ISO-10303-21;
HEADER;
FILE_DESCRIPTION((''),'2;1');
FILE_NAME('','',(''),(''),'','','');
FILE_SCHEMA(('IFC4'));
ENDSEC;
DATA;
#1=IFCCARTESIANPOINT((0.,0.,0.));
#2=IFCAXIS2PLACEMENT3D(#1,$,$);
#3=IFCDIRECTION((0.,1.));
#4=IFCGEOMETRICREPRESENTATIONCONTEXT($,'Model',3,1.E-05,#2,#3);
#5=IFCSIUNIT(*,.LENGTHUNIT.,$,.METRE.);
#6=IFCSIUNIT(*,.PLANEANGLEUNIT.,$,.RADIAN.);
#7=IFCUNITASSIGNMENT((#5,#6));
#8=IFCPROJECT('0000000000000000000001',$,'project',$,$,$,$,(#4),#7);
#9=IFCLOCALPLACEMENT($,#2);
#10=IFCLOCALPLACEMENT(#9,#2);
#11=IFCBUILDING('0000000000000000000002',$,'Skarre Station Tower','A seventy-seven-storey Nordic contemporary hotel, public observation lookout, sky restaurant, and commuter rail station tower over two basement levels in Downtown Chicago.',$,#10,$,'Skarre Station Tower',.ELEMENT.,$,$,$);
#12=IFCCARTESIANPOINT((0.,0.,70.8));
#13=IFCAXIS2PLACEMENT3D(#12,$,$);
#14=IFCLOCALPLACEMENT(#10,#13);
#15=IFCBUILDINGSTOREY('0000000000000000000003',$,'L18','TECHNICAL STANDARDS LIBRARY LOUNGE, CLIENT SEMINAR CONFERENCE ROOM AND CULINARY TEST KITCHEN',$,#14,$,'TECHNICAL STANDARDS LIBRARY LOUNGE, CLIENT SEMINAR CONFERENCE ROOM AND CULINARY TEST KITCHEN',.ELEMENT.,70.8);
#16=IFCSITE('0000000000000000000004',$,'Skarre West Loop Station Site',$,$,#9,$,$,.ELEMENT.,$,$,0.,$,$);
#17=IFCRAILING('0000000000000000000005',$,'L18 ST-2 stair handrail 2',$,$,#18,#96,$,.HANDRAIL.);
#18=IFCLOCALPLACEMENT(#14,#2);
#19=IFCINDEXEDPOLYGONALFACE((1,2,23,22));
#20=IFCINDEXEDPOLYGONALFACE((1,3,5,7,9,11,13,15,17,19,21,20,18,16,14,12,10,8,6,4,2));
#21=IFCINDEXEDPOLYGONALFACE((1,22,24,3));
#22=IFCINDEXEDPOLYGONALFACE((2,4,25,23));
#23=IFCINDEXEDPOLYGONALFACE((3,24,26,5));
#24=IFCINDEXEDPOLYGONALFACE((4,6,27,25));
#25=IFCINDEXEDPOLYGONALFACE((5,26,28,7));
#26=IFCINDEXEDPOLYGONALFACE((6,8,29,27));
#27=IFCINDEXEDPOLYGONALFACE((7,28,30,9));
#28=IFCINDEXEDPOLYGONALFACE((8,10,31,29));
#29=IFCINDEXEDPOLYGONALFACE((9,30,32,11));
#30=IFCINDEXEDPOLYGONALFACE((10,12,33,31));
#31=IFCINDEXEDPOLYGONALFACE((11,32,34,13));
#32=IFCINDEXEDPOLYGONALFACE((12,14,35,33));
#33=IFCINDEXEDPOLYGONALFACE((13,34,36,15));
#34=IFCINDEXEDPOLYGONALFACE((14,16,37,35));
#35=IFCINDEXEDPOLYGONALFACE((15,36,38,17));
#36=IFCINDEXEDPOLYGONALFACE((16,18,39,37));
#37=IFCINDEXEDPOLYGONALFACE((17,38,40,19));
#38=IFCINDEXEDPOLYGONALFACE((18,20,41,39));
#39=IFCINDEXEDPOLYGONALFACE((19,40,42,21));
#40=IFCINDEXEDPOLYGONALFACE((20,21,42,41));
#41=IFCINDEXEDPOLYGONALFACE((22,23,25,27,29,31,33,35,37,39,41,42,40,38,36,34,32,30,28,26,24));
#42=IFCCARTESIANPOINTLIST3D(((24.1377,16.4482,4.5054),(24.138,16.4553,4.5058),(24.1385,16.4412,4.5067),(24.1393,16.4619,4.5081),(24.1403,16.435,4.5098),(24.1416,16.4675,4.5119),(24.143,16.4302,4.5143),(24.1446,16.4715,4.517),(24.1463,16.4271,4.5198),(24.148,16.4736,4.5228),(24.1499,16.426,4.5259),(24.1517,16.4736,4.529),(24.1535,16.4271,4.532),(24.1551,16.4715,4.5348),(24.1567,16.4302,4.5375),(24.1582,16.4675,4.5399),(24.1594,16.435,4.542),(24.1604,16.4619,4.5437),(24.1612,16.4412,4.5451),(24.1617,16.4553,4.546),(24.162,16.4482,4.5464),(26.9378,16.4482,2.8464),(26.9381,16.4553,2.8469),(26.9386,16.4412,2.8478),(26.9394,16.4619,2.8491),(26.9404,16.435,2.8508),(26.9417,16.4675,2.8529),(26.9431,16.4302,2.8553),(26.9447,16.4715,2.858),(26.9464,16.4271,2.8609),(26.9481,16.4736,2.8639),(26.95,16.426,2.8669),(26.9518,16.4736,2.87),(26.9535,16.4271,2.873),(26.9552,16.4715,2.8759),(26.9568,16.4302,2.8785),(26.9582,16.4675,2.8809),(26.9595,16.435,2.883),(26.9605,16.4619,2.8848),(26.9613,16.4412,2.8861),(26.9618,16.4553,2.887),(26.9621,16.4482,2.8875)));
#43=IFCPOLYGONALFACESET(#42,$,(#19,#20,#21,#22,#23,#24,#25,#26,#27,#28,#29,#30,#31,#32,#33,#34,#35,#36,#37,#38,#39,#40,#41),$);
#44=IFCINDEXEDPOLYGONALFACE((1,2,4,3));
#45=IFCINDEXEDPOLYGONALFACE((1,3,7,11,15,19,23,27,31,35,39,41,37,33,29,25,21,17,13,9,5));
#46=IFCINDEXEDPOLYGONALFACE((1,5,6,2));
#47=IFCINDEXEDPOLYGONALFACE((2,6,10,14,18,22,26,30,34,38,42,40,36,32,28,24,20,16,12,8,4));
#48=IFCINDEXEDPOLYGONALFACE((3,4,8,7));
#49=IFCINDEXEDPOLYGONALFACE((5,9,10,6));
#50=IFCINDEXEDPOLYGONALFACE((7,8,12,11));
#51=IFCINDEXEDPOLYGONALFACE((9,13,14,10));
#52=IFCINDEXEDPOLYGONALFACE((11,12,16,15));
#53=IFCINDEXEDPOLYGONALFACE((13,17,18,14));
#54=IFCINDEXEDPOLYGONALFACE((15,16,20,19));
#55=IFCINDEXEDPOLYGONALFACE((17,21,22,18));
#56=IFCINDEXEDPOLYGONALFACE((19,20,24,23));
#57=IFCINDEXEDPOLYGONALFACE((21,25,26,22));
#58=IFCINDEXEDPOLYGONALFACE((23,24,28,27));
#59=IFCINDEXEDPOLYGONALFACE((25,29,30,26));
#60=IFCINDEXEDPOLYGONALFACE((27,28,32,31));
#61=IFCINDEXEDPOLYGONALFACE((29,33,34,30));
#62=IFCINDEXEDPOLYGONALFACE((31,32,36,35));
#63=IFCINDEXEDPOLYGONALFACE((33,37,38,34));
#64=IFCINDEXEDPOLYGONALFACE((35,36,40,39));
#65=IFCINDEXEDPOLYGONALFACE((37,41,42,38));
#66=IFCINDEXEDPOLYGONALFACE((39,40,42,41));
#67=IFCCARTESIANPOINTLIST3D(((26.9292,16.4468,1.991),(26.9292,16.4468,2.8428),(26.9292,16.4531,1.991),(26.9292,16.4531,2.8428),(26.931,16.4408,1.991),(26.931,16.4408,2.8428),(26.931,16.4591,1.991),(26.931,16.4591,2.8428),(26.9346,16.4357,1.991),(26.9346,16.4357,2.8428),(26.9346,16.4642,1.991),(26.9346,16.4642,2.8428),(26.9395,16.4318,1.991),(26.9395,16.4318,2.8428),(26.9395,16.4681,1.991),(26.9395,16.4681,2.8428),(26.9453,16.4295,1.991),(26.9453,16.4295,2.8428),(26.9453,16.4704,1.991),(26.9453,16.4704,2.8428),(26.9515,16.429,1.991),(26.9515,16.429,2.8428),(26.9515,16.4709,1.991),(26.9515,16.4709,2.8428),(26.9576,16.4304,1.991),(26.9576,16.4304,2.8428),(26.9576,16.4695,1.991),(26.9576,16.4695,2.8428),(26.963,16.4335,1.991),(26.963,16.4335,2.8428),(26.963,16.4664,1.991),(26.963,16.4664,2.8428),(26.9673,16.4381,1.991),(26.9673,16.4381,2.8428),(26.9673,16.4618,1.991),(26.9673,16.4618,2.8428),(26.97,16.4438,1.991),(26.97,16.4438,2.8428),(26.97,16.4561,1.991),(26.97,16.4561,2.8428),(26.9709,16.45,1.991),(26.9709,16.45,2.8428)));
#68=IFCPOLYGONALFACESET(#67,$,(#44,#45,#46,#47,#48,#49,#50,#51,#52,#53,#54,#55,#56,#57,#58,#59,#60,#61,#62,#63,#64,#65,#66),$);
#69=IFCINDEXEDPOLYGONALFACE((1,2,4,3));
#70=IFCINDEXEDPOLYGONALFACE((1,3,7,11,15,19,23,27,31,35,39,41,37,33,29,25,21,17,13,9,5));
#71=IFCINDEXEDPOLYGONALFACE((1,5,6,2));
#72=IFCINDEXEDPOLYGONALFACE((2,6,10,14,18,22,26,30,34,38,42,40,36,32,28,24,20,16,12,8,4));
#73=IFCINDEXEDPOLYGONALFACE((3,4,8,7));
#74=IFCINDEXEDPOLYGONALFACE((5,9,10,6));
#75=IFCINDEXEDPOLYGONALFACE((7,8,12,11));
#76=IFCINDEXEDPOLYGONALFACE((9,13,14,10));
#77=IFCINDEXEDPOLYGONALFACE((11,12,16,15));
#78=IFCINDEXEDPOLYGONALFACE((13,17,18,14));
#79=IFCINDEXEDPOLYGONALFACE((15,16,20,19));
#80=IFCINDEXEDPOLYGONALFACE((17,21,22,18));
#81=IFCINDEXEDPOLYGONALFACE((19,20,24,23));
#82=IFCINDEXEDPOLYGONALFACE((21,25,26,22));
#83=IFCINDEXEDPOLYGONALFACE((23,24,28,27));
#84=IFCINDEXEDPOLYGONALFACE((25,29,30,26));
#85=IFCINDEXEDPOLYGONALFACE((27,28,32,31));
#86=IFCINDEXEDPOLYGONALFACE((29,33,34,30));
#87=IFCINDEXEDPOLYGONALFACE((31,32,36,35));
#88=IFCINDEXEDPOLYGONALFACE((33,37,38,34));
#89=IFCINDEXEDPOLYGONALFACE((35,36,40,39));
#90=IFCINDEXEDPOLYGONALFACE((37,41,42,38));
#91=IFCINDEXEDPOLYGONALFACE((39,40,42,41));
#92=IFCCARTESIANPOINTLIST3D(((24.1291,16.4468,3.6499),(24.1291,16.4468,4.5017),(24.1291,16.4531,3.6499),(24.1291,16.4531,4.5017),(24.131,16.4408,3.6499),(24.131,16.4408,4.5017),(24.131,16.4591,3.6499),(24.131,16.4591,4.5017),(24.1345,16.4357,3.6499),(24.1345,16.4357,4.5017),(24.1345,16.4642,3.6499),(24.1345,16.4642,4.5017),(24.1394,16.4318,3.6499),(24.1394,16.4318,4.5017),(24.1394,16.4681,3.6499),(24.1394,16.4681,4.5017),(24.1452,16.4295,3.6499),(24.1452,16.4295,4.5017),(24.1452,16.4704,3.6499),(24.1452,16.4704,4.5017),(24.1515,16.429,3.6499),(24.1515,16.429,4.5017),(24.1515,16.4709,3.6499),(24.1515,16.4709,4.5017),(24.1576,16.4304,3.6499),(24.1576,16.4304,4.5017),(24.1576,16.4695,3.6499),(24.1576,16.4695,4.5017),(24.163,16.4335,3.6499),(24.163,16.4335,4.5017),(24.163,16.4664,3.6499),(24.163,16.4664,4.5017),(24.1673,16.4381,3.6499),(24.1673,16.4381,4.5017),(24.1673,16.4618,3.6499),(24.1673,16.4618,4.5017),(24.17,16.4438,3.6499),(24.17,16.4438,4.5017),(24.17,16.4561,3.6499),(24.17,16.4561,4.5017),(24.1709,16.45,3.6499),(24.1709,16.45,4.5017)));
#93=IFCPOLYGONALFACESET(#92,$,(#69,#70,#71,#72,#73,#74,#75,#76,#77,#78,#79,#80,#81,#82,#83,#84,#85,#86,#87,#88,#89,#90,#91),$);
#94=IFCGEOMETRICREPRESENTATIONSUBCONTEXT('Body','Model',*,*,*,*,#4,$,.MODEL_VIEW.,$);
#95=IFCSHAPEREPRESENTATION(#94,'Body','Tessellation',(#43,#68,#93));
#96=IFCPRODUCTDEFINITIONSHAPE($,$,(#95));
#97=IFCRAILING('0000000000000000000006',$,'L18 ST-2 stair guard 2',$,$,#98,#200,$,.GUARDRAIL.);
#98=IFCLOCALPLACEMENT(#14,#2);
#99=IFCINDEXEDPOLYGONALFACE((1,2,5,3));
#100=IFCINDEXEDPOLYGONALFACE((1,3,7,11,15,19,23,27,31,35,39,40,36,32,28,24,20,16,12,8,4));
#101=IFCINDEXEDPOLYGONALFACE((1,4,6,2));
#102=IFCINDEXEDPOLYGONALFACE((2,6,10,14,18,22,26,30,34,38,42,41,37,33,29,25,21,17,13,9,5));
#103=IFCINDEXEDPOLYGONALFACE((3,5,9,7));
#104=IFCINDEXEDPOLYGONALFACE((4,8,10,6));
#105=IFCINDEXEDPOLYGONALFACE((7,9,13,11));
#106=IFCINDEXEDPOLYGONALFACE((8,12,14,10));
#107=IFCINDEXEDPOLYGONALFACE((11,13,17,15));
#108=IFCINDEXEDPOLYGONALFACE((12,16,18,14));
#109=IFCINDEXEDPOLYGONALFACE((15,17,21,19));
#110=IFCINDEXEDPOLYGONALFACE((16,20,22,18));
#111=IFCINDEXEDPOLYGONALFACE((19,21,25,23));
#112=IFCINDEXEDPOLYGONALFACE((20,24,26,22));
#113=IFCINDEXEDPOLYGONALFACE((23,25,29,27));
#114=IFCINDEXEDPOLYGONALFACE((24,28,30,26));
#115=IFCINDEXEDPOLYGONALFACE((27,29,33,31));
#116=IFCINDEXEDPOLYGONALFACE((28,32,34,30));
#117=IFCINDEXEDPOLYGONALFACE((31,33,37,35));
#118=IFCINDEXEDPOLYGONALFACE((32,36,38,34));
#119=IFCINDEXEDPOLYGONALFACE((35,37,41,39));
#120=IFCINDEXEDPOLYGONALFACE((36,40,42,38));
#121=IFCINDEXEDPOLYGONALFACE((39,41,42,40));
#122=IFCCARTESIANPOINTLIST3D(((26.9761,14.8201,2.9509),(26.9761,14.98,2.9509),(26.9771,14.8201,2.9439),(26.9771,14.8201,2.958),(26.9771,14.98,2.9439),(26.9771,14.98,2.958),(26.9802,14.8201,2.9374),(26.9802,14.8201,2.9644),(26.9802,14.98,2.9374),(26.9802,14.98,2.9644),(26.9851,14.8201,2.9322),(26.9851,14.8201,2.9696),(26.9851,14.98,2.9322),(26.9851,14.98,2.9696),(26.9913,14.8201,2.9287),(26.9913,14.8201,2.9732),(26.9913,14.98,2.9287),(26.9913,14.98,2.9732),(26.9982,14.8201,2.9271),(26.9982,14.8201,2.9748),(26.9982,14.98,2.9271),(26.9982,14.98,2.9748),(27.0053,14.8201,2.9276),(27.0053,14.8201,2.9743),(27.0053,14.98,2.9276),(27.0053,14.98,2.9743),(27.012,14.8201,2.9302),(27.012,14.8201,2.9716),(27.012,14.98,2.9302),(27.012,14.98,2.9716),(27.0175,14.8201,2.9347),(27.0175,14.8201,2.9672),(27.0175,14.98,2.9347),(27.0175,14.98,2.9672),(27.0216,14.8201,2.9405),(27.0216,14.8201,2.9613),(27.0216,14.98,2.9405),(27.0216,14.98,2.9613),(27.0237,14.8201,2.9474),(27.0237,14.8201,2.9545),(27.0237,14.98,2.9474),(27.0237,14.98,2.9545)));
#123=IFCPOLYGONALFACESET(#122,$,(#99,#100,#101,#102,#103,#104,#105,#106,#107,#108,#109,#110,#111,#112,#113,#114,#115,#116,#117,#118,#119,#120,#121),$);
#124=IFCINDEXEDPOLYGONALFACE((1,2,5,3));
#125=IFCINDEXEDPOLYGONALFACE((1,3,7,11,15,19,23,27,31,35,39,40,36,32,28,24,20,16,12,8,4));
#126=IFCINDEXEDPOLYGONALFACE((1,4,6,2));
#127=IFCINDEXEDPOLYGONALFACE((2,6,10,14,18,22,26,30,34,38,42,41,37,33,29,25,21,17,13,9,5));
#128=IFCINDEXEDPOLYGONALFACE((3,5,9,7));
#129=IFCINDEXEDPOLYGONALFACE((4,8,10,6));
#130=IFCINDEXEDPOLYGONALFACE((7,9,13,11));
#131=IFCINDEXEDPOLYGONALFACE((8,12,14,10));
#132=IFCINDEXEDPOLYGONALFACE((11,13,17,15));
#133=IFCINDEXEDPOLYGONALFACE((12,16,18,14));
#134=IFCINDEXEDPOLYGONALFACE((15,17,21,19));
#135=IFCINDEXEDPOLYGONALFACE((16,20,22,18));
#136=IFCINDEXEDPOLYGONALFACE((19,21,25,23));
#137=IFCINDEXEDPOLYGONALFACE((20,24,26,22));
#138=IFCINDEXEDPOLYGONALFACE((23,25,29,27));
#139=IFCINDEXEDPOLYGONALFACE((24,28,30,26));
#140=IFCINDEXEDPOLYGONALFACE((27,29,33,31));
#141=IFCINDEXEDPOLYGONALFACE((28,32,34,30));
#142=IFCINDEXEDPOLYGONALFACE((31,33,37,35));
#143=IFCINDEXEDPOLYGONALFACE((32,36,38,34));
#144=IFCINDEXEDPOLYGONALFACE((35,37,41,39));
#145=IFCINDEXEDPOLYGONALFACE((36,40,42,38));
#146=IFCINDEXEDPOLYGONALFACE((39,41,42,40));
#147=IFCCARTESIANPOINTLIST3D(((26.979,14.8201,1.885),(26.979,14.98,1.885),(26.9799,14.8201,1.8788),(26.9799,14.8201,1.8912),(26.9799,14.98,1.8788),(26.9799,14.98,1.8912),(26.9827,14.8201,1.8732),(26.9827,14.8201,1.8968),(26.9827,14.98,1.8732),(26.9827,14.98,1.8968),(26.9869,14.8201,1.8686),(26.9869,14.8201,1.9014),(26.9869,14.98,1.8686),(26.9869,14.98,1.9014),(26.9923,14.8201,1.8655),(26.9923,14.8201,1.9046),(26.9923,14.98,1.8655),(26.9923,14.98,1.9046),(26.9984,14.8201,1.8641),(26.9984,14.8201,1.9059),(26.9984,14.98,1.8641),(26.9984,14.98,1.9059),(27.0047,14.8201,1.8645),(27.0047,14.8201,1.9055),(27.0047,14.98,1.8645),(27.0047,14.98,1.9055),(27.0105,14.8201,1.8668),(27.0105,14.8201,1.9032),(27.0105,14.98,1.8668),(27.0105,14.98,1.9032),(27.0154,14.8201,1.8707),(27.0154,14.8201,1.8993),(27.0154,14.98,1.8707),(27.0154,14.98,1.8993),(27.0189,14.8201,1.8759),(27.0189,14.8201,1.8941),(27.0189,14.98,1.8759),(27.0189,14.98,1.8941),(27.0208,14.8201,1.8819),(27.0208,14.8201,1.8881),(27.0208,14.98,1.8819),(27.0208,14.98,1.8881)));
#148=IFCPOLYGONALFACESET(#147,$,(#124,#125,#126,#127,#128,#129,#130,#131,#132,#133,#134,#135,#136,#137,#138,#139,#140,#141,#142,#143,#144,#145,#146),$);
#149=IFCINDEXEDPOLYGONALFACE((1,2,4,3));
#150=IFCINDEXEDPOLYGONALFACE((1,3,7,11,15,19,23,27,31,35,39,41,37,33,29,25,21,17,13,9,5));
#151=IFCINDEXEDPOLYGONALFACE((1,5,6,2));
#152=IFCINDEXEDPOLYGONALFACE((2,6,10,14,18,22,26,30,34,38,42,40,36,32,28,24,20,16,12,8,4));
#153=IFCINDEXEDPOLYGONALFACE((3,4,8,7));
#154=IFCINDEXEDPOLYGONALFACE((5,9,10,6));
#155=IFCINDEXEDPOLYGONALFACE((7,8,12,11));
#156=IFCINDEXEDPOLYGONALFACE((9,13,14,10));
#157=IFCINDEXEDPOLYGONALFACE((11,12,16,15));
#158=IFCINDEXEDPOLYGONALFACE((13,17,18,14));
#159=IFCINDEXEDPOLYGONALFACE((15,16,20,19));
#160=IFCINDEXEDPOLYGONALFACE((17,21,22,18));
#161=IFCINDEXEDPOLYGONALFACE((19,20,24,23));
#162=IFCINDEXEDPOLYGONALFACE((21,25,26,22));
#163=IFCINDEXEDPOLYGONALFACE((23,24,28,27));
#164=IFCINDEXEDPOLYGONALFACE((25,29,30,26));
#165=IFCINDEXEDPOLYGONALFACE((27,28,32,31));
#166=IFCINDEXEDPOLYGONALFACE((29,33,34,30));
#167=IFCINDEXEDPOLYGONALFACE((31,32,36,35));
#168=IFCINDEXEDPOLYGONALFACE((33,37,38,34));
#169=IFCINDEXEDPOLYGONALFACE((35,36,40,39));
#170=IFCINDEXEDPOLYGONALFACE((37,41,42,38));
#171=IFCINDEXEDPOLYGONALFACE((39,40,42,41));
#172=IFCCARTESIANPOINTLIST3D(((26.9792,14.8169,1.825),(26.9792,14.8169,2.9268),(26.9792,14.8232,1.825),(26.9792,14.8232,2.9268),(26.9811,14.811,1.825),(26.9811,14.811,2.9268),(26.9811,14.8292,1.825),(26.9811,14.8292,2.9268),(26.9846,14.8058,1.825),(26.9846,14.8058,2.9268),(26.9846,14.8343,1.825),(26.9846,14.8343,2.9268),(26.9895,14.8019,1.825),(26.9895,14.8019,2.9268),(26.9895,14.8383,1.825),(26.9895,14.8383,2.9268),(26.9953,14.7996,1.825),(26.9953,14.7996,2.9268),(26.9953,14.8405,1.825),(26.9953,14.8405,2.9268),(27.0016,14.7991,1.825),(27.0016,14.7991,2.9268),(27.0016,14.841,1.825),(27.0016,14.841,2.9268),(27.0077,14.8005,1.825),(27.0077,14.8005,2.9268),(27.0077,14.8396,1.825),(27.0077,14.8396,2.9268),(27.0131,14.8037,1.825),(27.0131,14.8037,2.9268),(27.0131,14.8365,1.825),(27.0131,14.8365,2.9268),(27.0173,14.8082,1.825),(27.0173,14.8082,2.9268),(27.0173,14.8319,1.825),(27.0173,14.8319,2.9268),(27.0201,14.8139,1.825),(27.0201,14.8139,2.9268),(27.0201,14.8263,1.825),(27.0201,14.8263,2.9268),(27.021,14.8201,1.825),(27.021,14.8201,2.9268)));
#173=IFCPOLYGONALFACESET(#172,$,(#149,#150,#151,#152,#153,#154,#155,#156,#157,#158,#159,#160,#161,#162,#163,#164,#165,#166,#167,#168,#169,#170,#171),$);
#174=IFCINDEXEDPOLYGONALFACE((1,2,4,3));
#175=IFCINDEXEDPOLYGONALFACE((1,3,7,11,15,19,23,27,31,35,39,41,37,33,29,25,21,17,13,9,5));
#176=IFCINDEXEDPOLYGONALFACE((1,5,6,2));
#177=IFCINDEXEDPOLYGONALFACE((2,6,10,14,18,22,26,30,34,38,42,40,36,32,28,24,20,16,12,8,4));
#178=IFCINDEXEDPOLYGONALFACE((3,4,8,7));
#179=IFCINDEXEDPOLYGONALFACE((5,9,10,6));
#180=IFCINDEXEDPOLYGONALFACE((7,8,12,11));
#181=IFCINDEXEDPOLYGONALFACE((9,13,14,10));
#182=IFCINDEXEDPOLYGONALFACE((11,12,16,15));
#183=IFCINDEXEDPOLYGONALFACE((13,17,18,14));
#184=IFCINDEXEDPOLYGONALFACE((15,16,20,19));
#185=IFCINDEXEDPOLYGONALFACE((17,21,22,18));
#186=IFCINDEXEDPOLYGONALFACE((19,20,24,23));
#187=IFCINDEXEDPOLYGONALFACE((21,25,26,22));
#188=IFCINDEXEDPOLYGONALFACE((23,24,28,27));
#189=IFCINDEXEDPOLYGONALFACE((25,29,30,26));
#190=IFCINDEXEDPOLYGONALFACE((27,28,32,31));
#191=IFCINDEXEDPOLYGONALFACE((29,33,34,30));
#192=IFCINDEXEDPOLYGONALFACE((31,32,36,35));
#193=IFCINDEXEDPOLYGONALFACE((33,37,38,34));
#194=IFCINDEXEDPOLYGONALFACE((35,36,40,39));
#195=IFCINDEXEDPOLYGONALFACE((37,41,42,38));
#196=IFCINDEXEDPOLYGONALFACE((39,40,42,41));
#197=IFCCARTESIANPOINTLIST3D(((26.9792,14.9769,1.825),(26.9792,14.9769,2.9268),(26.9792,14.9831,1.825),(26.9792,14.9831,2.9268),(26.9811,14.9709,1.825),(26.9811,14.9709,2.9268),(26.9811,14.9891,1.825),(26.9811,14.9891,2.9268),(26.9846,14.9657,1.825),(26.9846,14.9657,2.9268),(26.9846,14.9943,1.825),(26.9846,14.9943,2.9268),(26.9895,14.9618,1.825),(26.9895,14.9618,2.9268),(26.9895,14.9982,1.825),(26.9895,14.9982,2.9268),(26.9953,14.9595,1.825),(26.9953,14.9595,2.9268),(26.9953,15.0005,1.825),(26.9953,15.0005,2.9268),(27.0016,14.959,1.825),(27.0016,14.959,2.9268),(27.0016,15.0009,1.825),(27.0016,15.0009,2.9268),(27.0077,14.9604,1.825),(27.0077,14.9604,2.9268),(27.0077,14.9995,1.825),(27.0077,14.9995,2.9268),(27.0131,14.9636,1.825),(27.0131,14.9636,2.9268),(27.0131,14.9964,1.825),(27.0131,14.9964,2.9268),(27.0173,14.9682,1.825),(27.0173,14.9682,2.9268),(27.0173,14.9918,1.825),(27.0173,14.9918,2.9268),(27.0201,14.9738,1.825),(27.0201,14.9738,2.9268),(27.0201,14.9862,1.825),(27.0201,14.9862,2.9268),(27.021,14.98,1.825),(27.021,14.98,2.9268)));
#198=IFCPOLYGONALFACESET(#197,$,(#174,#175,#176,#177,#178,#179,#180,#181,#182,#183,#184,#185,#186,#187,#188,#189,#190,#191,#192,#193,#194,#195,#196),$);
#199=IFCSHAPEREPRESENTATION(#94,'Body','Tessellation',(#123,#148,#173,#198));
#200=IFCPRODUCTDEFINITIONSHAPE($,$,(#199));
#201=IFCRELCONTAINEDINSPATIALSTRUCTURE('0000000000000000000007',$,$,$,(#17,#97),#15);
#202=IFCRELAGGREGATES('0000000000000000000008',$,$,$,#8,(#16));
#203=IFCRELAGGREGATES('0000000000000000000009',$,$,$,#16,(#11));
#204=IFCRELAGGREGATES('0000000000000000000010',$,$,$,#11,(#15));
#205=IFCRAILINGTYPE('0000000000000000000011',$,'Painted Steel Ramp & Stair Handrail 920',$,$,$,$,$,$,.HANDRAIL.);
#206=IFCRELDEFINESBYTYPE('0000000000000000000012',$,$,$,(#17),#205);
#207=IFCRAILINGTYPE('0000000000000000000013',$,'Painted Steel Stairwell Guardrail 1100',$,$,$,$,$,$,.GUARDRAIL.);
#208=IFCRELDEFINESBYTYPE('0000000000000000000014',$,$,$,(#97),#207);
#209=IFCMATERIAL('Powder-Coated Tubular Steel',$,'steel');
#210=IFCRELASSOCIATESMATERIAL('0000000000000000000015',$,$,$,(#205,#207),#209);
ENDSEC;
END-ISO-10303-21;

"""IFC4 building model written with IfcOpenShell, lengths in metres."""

from ifc_helpers import new_model, si_unit, direction, frame, origin, origin_2d, place, context, subcontext, project, spatial, circle, extrude, material, type_object, element, save


model = new_model("IFC4")

# Units and contexts
model_context = context("Model", 3, precision=1e-05, world=origin(), true_north=direction((0.0, 1.0)))
body_context = subcontext(model_context, "Body", "Model", "MODEL_VIEW")
ifc_project = project(units=[si_unit("LENGTHUNIT", "METRE"), si_unit("PLANEANGLEUNIT", "RADIAN")], contexts=[model_context])

# Site, building, storey
site_placement = place(None, origin())
site = spatial("IfcSite", under=ifc_project, at=site_placement, Name="Skarre West Loop Station Site", CompositionType="ELEMENT", RefElevation=0.0)
building_placement = place(site_placement, origin())
building = spatial("IfcBuilding", under=site, at=building_placement, Name="Skarre Station Tower", Description="A seventy-seven-storey Nordic contemporary hotel, public observation lookout, sky restaurant, and commuter rail station tower over two basement levels in Downtown Chicago.", LongName="Skarre Station Tower", CompositionType="ELEMENT")
storey_placement = place(building_placement, frame((0.0, 0.0, 70.8)))
storey = spatial("IfcBuildingStorey", under=building, at=storey_placement, Name="L18", Description="TECHNICAL STANDARDS LIBRARY LOUNGE, CLIENT SEMINAR CONFERENCE ROOM AND CULINARY TEST KITCHEN", LongName="TECHNICAL STANDARDS LIBRARY LOUNGE, CLIENT SEMINAR CONFERENCE ROOM AND CULINARY TEST KITCHEN", CompositionType="ELEMENT", Elevation=70.8)

# Railings
ifc_material_1 = material(Name="Powder-Coated Tubular Steel", Category="steel")
railing_type_1 = type_object("IfcRailingType", Name="Painted Steel Ramp & Stair Handrail 920", PredefinedType="HANDRAIL", material=ifc_material_1)
railing_1_placement = place(storey_placement, frame((26.95, 16.45, 1.991)))
element("IfcRailing", 1, at=railing_1_placement, inside=storey, type_object=railing_type_1, Name="L18 ST-2 stair handrail 2", PredefinedType="HANDRAIL", context=body_context, shape_type="SweptSolid", body=[
    extrude(circle(Radius=0.0239, at=origin_2d()), frame((0.0, 0.0, 0.876), z_axis=(-0.860339, 0.0, 0.509722), x_axis=(0.0, -1.0, 0.0)), (0.0, 0.0, 1.0), 3.2546),
    extrude(circle(Radius=0.021, at=origin_2d()), origin(), (0.0, 0.0, 1.0), 0.8518),
    extrude(circle(Radius=0.021, at=origin_2d()), frame((-2.8, 0.0, 1.6589)), (0.0, 0.0, 1.0), 0.8518),
])
railing_type_2 = type_object("IfcRailingType", Name="Painted Steel Stairwell Guardrail 1100", PredefinedType="GUARDRAIL", material=ifc_material_1)
railing_2_placement = place(storey_placement, frame((27.0, 14.8201, 1.825)))
element("IfcRailing", 2, at=railing_2_placement, inside=storey, type_object=railing_type_2, Name="L18 ST-2 stair guard 2", PredefinedType="GUARDRAIL", context=body_context, shape_type="SweptSolid", body=[
    extrude(circle(Radius=0.0239, at=origin_2d()), frame((0.0, 0.0, 1.126), z_axis=(0.0, 1.0, 0.0), x_axis=(-1.0, 0.0, 0.0)), (0.0, 0.0, 1.0), 0.1599),
    extrude(circle(Radius=0.021, at=origin_2d()), frame((0.0, 0.0, 0.0601), z_axis=(0.0, 1.0, 0.0), x_axis=(-1.0, 0.0, 0.0)), (0.0, 0.0, 1.0), 0.1599),
    extrude(circle(Radius=0.021, at=origin_2d()), origin(), (0.0, 0.0, 1.0), 1.1018),
    extrude(circle(Radius=0.021, at=origin_2d()), frame((0.0, 0.1599, 0.0)), (0.0, 0.0, 1.0), 1.1018),
])

save(model, "model.ifc")
